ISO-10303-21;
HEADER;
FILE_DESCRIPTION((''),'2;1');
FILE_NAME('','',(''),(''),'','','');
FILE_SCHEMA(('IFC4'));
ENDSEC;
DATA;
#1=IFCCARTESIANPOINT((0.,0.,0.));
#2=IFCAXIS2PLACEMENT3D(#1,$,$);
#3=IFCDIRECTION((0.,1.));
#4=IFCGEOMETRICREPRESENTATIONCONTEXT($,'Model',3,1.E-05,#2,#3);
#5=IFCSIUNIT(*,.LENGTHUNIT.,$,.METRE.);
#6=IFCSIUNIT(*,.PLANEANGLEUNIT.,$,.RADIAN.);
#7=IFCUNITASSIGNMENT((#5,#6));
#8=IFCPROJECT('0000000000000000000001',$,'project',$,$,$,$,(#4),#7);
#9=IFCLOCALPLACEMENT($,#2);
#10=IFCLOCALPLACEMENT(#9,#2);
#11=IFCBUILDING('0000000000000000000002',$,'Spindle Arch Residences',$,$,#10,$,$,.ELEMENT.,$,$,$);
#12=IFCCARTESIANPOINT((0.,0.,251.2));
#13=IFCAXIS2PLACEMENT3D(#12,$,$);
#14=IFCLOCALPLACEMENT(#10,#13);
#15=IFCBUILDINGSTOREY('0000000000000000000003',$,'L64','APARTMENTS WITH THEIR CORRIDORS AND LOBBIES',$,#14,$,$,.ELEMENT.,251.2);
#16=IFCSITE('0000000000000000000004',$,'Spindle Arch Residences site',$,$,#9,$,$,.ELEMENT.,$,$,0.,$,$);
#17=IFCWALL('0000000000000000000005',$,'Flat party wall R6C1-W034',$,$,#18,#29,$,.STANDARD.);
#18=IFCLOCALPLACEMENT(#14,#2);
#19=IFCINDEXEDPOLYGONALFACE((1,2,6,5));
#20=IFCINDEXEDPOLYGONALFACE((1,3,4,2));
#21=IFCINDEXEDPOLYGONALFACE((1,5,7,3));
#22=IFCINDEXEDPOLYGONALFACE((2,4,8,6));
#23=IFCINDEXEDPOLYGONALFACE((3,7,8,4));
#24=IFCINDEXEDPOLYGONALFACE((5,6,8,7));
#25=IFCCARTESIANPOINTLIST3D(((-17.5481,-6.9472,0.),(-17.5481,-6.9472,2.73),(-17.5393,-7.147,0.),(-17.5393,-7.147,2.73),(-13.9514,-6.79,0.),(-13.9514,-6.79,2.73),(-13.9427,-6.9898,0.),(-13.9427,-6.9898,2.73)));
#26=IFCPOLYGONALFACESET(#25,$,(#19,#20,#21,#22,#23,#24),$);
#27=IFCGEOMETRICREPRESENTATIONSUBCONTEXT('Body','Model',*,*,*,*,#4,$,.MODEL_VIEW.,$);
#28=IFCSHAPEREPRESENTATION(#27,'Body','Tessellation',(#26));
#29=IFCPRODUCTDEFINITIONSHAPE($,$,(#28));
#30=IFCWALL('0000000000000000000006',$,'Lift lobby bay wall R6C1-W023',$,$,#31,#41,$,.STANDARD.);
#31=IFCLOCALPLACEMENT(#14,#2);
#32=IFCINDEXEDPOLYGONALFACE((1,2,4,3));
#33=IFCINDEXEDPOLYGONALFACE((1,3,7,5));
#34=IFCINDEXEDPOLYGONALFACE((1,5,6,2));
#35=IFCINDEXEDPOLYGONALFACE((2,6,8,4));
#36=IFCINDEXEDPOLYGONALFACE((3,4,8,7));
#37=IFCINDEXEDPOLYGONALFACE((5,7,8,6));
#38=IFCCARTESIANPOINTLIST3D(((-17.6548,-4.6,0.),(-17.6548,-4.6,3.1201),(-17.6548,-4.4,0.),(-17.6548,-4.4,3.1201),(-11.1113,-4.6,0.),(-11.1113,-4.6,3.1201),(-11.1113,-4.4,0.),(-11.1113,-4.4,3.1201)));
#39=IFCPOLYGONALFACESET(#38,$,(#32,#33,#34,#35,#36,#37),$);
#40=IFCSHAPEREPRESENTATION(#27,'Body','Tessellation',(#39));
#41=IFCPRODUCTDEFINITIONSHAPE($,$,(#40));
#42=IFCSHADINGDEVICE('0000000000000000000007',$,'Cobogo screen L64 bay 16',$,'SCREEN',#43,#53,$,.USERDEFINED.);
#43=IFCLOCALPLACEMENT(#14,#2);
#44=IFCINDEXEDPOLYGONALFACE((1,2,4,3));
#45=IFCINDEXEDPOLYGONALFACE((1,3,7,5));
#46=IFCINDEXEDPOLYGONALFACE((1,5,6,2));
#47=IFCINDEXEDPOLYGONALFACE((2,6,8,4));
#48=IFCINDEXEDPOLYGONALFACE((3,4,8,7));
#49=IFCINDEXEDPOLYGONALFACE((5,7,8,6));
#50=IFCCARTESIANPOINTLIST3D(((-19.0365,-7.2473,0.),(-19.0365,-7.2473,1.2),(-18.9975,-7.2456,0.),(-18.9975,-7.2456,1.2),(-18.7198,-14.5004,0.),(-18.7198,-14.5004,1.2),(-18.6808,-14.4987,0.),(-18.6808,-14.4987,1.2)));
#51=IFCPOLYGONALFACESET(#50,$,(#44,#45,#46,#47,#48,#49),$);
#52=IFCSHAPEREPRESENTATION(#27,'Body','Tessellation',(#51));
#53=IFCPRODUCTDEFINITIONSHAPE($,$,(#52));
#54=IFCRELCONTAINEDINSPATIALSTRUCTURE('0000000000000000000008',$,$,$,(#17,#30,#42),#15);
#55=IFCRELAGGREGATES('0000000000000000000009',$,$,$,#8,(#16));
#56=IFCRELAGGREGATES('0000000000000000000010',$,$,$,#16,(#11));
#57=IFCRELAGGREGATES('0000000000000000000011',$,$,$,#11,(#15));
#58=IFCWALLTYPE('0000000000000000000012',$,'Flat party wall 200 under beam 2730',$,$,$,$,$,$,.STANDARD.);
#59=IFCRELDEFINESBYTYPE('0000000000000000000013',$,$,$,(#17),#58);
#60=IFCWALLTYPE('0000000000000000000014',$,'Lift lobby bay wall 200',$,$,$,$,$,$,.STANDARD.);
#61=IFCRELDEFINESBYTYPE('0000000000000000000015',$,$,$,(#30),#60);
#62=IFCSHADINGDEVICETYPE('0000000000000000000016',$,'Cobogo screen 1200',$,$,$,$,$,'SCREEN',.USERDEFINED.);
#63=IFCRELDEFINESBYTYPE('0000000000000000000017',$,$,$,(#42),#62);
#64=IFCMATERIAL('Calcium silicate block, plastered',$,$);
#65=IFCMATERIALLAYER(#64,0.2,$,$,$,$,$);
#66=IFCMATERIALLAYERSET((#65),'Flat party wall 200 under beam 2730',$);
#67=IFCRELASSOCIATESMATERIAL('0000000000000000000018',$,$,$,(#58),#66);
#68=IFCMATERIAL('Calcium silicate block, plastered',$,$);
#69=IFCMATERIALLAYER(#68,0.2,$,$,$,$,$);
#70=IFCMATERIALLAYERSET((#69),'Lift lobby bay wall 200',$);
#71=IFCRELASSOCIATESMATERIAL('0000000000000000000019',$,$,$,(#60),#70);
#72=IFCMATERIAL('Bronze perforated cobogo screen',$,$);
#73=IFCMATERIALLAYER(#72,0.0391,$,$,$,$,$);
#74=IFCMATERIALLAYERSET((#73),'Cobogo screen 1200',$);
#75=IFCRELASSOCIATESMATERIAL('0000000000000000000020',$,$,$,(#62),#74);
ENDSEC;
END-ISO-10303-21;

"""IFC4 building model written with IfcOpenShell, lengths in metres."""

from ifc_helpers import new_model, si_unit, direction, frame, frame_2d, origin, origin_2d, place, context, subcontext, project, spatial, rectangle, extrude, material, layer, layer_set, type_object, element, save


model = new_model("IFC4")

# Units and contexts
model_context = context("Model", 3, precision=1e-05, world=origin(), true_north=direction((0.0, 1.0)))
body_context = subcontext(model_context, "Body", "Model", "MODEL_VIEW")
ifc_project = project(units=[si_unit("LENGTHUNIT", "METRE"), si_unit("PLANEANGLEUNIT", "RADIAN")], contexts=[model_context])

# Site, building, storey
site_placement = place(None, origin())
site = spatial("IfcSite", under=ifc_project, at=site_placement, Name="Spindle Arch Residences site", CompositionType="ELEMENT", RefElevation=0.0)
building_placement = place(site_placement, origin())
building = spatial("IfcBuilding", under=site, at=building_placement, Name="Spindle Arch Residences", CompositionType="ELEMENT")
storey_placement = place(building_placement, frame((0.0, 0.0, 251.2)))
storey = spatial("IfcBuildingStorey", under=building, at=storey_placement, Name="L64", Description="APARTMENTS WITH THEIR CORRIDORS AND LOBBIES", CompositionType="ELEMENT", Elevation=251.2)

# Wall
ifc_material_1 = material(Name="Calcium silicate block, plastered")
ifc_layer_1 = layer(ifc_material_1, 0.2)
ifc_layer_set_1 = layer_set([ifc_layer_1], Name="Flat party wall 200 under beam 2730")
wall_type_1 = type_object("IfcWallType", Name="Flat party wall 200 under beam 2730", PredefinedType="STANDARD", material=ifc_layer_set_1)
wall_1_placement = place(storey_placement, frame((-17.5437, -7.0471, 0.0), z_axis=(0.0, 0.0, 1.0), x_axis=(0.999046, 0.043673, 0.0)))
element("IfcWall", 1, at=wall_1_placement, inside=storey, type_object=wall_type_1, Name="Flat party wall R6C1-W034", PredefinedType="STANDARD", context=body_context, shape_type="SweptSolid", body=[
    extrude(rectangle(XDim=3.6001, YDim=0.2, at=frame_2d((1.8, 0.0))), origin(), (0.0, 0.0, 1.0), 2.73),
])

# Wall
ifc_material_2 = material(Name="Calcium silicate block, plastered")
ifc_layer_2 = layer(ifc_material_2, 0.2)
ifc_layer_set_2 = layer_set([ifc_layer_2], Name="Lift lobby bay wall 200")
wall_type_2 = type_object("IfcWallType", Name="Lift lobby bay wall 200", PredefinedType="STANDARD", material=ifc_layer_set_2)
wall_2_placement = place(storey_placement, frame((-17.6548, -4.5, 0.0), z_axis=(0.0, 0.0, 1.0), x_axis=(1.0, 0.0, 0.0)))
element("IfcWall", 2, at=wall_2_placement, inside=storey, type_object=wall_type_2, Name="Lift lobby bay wall R6C1-W023", PredefinedType="STANDARD", context=body_context, shape_type="SweptSolid", body=[
    extrude(rectangle(XDim=6.5435, YDim=0.2, at=frame_2d((3.2717, 0.0))), origin(), (0.0, 0.0, 1.0), 3.1201),
])

# Shading device
ifc_material_3 = material(Name="Bronze perforated cobogo screen")
ifc_layer_3 = layer(ifc_material_3, 0.0391)
ifc_layer_set_3 = layer_set([ifc_layer_3], Name="Cobogo screen 1200")
shading_device_type = type_object("IfcShadingDeviceType", Name="Cobogo screen 1200", ElementType="SCREEN", PredefinedType="USERDEFINED", material=ifc_layer_set_3)
shading_device_placement = place(storey_placement, frame((-18.8586, -10.873, 0.0), z_axis=(0.0, 0.0, 1.0), x_axis=(0.043619, -0.999048, 0.0)))
element("IfcShadingDevice", 3, at=shading_device_placement, inside=storey, type_object=shading_device_type, Name="Cobogo screen L64 bay 16", ObjectType="SCREEN", PredefinedType="USERDEFINED", context=body_context, shape_type="SweptSolid", body=[
    extrude(rectangle(XDim=7.26, YDim=0.0391, at=origin_2d()), origin(), (0.0, 0.0, 1.0), 1.2),
])

save(model, "model.ifc")
